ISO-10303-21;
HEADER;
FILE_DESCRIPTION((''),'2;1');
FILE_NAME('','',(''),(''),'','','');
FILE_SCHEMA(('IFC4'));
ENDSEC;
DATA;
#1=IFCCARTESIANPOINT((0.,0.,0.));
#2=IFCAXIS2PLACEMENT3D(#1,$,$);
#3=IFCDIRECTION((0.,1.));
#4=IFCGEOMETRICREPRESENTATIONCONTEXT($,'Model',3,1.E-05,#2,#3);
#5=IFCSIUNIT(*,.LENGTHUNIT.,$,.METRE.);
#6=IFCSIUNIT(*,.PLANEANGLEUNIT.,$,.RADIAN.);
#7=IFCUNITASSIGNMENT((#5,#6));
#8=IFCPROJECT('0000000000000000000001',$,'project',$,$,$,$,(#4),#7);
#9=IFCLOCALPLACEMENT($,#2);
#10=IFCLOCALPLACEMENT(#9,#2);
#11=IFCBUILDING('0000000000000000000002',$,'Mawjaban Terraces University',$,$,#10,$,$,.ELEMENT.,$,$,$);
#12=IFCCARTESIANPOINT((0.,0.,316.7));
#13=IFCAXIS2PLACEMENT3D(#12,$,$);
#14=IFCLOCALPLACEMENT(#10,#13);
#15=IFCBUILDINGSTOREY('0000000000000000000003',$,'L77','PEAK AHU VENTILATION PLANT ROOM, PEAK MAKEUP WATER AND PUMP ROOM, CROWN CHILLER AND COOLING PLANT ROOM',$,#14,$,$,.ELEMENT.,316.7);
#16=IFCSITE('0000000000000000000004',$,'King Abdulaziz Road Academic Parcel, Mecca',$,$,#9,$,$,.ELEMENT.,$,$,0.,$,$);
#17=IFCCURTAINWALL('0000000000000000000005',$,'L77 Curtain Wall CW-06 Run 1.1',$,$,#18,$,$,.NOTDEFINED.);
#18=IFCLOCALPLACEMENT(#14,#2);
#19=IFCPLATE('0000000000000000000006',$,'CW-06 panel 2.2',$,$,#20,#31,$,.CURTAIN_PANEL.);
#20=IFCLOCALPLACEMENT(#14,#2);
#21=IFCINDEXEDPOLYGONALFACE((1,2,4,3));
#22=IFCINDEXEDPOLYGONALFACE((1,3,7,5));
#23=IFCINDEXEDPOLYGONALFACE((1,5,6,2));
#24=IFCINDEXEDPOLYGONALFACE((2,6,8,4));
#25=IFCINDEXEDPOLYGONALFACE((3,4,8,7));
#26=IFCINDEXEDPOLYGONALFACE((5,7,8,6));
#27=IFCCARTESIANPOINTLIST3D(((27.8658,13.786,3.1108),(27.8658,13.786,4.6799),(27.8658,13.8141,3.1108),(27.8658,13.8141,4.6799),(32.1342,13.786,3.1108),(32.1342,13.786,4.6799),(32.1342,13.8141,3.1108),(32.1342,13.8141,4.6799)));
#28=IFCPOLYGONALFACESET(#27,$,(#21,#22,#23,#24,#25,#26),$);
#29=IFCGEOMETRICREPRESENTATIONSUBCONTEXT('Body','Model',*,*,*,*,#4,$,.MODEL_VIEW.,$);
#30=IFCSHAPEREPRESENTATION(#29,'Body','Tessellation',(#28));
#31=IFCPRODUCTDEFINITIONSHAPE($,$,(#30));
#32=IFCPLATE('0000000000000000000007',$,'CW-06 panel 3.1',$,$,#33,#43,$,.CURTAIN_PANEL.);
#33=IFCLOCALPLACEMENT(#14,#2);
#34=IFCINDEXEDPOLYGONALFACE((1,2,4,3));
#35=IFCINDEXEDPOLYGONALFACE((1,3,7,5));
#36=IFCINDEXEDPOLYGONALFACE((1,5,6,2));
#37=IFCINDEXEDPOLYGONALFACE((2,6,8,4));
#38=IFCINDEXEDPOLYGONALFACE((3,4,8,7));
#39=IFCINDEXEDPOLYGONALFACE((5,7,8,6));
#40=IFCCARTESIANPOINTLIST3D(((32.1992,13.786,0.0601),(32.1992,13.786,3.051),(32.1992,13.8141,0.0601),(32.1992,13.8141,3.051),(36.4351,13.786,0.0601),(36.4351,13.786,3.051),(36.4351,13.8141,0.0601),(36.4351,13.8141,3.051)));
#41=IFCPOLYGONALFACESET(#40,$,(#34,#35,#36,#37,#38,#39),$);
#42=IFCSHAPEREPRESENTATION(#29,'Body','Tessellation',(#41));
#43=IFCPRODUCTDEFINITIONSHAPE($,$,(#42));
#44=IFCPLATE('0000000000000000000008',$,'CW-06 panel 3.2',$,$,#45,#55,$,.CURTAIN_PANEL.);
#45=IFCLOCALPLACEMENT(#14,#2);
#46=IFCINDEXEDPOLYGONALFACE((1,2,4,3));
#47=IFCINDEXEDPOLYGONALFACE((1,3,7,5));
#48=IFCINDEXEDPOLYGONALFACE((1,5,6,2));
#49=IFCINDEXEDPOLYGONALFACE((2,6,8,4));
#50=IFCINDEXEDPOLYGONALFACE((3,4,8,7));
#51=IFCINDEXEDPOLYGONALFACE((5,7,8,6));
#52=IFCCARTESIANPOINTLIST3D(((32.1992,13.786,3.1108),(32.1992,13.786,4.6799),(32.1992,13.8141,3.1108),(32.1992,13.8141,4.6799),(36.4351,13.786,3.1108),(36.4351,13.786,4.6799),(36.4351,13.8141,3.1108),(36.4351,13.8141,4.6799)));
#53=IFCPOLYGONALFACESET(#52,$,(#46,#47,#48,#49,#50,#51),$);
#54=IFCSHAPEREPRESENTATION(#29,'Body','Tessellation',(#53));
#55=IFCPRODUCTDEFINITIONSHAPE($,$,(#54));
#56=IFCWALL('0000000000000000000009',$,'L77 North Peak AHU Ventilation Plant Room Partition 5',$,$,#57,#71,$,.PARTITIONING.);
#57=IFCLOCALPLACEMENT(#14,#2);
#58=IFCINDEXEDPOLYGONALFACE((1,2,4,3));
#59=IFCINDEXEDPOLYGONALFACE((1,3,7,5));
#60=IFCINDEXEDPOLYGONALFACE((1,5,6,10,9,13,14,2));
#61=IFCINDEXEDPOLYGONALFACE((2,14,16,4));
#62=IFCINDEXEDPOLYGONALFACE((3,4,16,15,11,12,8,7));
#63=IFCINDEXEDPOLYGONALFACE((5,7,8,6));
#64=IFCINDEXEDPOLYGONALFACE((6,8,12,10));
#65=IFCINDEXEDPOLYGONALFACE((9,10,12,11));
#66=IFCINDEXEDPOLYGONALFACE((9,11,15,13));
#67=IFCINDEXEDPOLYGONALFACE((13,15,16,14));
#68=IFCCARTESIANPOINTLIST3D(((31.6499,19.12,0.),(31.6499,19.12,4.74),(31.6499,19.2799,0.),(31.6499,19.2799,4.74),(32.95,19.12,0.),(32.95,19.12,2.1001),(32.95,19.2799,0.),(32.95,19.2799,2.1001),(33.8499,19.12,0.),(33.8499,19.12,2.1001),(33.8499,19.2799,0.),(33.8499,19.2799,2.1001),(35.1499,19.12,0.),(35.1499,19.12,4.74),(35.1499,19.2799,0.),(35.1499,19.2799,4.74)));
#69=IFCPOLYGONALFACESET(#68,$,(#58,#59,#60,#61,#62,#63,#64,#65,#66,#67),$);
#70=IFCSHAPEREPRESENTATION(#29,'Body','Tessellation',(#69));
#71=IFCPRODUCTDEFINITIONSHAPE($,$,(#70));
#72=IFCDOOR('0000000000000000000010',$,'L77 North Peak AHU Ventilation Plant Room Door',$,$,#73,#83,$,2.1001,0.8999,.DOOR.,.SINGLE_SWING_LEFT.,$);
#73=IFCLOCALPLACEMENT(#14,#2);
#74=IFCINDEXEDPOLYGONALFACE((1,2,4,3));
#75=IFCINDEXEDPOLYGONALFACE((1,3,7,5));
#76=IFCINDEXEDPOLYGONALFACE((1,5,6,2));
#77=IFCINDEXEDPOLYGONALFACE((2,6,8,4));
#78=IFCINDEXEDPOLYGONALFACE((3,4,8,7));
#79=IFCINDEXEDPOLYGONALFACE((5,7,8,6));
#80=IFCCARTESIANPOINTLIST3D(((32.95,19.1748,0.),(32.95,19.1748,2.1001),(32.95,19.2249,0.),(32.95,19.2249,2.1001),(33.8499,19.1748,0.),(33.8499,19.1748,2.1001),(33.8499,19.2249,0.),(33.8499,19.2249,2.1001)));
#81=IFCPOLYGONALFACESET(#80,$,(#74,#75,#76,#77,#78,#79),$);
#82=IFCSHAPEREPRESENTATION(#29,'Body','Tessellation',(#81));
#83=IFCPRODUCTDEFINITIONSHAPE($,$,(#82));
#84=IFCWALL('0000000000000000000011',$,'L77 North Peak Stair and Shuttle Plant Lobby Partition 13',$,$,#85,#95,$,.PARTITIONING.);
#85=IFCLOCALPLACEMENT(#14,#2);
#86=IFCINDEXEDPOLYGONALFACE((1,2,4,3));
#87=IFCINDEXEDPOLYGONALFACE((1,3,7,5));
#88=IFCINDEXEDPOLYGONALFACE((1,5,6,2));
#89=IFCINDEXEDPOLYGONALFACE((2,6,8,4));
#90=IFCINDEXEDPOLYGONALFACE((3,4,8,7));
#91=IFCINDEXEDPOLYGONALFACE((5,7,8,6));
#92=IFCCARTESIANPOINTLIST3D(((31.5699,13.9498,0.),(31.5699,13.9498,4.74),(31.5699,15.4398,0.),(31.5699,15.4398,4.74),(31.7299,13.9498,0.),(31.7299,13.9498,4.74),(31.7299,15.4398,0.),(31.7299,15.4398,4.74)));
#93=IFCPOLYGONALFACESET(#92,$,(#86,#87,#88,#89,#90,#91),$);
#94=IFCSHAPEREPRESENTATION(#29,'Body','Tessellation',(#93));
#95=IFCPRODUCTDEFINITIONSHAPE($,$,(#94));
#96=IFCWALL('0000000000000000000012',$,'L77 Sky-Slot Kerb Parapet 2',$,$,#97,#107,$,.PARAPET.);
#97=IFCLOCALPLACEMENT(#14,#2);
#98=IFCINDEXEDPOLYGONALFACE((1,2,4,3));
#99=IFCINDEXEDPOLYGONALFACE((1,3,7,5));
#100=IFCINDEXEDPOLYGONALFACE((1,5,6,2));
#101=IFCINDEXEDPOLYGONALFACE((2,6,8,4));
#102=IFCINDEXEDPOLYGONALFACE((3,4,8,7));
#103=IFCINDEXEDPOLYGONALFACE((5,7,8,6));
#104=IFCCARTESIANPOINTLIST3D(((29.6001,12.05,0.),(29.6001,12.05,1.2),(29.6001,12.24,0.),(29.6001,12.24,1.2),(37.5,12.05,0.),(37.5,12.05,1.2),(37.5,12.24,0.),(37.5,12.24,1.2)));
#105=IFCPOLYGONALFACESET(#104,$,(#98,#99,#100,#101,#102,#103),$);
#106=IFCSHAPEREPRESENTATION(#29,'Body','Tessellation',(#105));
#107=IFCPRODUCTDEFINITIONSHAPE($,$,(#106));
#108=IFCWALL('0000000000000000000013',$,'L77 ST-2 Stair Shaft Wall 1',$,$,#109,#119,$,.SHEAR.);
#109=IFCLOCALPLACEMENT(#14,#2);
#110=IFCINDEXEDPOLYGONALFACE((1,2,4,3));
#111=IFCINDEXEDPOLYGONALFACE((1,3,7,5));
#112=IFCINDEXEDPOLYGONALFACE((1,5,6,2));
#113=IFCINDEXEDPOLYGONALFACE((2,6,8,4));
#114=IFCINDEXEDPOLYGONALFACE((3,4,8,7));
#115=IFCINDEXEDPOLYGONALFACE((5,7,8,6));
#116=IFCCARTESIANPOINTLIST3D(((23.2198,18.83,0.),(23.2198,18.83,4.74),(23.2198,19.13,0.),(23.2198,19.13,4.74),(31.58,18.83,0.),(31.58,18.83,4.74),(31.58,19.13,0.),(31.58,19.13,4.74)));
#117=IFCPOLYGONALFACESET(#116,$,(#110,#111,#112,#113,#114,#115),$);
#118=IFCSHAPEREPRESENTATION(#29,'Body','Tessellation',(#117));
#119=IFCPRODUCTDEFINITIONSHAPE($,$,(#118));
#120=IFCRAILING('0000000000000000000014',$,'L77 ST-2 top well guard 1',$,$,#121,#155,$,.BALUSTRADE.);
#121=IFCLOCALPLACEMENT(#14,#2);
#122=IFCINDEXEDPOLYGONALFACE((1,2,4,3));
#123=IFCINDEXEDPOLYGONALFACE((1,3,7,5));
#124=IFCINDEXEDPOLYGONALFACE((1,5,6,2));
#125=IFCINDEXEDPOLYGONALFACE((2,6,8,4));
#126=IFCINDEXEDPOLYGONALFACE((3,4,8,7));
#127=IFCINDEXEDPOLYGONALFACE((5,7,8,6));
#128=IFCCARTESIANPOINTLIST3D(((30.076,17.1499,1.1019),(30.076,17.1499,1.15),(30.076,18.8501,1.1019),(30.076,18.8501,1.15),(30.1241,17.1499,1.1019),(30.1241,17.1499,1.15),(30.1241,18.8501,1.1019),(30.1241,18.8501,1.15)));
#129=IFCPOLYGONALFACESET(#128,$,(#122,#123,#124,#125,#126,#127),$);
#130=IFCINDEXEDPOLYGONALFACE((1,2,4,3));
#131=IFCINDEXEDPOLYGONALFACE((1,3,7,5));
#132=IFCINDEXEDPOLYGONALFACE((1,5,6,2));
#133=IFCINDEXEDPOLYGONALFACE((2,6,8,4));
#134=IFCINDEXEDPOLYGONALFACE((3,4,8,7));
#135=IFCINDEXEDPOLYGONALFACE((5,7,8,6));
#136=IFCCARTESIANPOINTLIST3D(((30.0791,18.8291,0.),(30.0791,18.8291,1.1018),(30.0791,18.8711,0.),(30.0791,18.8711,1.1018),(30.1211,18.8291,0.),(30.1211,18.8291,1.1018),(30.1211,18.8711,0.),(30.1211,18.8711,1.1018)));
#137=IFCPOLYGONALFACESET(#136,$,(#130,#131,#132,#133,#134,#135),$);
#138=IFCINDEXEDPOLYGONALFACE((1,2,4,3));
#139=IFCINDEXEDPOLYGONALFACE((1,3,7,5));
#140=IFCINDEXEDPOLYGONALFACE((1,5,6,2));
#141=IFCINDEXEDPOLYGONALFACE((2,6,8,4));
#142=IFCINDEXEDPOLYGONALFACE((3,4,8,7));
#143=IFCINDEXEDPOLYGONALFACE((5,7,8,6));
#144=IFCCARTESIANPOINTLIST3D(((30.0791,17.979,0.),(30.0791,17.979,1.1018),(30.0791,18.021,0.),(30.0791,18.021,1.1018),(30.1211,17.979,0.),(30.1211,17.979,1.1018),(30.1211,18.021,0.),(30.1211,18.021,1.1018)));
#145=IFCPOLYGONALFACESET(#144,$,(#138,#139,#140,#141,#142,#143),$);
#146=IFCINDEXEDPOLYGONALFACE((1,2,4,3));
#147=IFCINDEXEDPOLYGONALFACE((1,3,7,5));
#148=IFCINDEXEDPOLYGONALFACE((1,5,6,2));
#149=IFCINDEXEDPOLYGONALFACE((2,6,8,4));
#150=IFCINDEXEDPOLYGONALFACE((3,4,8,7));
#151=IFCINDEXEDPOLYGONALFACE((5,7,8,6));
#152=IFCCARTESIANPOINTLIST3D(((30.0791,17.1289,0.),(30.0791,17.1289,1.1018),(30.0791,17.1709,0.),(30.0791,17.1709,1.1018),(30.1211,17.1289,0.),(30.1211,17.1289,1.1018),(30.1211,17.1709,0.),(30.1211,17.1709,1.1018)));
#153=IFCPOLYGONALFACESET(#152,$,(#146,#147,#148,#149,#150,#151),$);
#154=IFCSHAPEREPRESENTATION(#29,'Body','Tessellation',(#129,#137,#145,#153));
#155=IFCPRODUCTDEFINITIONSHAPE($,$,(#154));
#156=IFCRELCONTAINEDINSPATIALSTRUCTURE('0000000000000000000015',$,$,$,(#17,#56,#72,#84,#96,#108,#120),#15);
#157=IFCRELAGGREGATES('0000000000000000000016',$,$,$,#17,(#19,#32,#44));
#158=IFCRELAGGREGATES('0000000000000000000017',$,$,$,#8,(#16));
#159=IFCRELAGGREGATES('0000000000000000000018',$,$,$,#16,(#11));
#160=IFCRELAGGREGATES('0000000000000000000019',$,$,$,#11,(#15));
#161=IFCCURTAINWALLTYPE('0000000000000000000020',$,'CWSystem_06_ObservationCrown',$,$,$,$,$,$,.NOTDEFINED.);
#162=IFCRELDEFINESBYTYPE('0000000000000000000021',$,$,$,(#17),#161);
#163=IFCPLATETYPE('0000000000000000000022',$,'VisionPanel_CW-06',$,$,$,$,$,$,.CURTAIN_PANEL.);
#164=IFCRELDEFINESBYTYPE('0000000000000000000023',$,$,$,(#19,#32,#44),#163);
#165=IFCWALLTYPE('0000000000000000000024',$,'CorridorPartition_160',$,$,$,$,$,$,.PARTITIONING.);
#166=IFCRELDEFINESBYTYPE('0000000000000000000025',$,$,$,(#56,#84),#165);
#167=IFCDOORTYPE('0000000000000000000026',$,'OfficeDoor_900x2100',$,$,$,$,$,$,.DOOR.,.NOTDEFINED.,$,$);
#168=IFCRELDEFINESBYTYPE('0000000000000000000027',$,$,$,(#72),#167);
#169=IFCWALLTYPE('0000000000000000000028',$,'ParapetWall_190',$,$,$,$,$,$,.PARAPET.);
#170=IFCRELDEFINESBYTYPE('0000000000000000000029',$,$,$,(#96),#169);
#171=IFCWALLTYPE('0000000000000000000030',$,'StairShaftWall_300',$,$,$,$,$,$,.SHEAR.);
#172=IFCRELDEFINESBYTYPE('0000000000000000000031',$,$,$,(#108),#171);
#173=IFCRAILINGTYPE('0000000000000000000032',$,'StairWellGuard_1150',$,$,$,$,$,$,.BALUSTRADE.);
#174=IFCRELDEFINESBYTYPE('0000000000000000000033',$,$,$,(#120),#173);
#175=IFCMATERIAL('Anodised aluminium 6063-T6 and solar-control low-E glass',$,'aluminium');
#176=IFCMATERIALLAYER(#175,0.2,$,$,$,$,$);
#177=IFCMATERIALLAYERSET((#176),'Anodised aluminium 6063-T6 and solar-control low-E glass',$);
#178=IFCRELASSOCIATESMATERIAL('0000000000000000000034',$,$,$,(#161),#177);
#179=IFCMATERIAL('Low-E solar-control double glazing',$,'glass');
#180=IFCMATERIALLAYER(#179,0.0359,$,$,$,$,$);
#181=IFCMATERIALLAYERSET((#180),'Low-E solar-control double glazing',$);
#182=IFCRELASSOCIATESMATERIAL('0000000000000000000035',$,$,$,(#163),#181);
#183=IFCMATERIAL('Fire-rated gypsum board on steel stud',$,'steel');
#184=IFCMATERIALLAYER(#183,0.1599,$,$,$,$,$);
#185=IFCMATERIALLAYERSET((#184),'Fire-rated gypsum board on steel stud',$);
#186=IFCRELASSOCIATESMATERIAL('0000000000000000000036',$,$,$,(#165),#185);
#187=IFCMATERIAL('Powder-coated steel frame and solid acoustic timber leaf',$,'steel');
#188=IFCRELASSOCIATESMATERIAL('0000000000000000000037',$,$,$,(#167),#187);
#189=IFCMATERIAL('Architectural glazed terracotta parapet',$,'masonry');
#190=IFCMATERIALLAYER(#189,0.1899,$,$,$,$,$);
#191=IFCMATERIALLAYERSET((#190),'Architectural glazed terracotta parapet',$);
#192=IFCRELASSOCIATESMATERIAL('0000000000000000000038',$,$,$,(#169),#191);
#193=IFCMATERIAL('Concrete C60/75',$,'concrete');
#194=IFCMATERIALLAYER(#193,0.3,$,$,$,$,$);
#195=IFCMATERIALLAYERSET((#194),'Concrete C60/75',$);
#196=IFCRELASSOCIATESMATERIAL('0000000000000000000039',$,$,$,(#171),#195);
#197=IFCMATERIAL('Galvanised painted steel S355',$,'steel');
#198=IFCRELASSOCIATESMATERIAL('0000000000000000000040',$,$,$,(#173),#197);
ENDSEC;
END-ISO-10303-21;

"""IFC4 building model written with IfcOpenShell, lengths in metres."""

from ifc_helpers import new_model, si_unit, direction, frame, frame_2d, origin, origin_2d, place, context, subcontext, project, spatial, rectangle, extrude, material, layer, layer_set, type_object, element, fill, aggregate, save


model = new_model("IFC4")

# Units and contexts
model_context = context("Model", 3, precision=1e-05, world=origin(), true_north=direction((0.0, 1.0)))
body_context = subcontext(model_context, "Body", "Model", "MODEL_VIEW")
ifc_project = project(units=[si_unit("LENGTHUNIT", "METRE"), si_unit("PLANEANGLEUNIT", "RADIAN")], contexts=[model_context])

# Site, building, storey
site_placement = place(None, origin())
site = spatial("IfcSite", under=ifc_project, at=site_placement, Name="King Abdulaziz Road Academic Parcel, Mecca", CompositionType="ELEMENT", RefElevation=0.0)
building_placement = place(site_placement, origin())
building = spatial("IfcBuilding", under=site, at=building_placement, Name="Mawjaban Terraces University", CompositionType="ELEMENT")
storey_placement = place(building_placement, frame((0.0, 0.0, 316.7)))
storey = spatial("IfcBuildingStorey", under=building, at=storey_placement, Name="L77", Description="PEAK AHU VENTILATION PLANT ROOM, PEAK MAKEUP WATER AND PUMP ROOM, CROWN CHILLER AND COOLING PLANT ROOM", CompositionType="ELEMENT", Elevation=316.7)

# Curtain wall
ifc_material_1 = material(Name="Anodised aluminium 6063-T6 and solar-control low-E glass", Category="aluminium")
ifc_layer_1 = layer(ifc_material_1, 0.2)
ifc_layer_set_1 = layer_set([ifc_layer_1], Name="Anodised aluminium 6063-T6 and solar-control low-E glass")
curtain_wall_type = type_object("IfcCurtainWallType", Name="CWSystem_06_ObservationCrown", PredefinedType="NOTDEFINED", material=ifc_layer_set_1)
curtain_wall_1_placement = place(storey_placement, origin())
curtain_wall_1 = element("IfcCurtainWall", 1, at=curtain_wall_1_placement, inside=storey, type_object=curtain_wall_type, Name="L77 Curtain Wall CW-06 Run 1.1", PredefinedType="NOTDEFINED")

# Plates
ifc_material_2 = material(Name="Low-E solar-control double glazing", Category="glass")
ifc_layer_2 = layer(ifc_material_2, 0.0359)
ifc_layer_set_2 = layer_set([ifc_layer_2], Name="Low-E solar-control double glazing")
plate_type = type_object("IfcPlateType", Name="VisionPanel_CW-06", PredefinedType="CURTAIN_PANEL", material=ifc_layer_set_2)
plate_1_placement = place(storey_placement, frame((30.0, 13.8, 3.1108), z_axis=(0.0, 0.0, 1.0), x_axis=(1.0, 0.0, 0.0)))
plate_1 = element("IfcPlate", 2, at=plate_1_placement, type_object=plate_type, Name="CW-06 panel 2.2", PredefinedType="CURTAIN_PANEL", context=body_context, shape_type="SweptSolid", body=[
    extrude(rectangle(XDim=4.2683, YDim=0.0281, at=origin_2d()), origin(), (0.0, 0.0, 1.0), 1.5691),
])
plate_2_placement = place(storey_placement, frame((34.3171, 13.8, 0.0601), z_axis=(0.0, 0.0, 1.0), x_axis=(1.0, 0.0, 0.0)))
plate_2 = element("IfcPlate", 3, at=plate_2_placement, type_object=plate_type, Name="CW-06 panel 3.1", PredefinedType="CURTAIN_PANEL", context=body_context, shape_type="SweptSolid", body=[
    extrude(rectangle(XDim=4.2358, YDim=0.0281, at=origin_2d()), origin(), (0.0, 0.0, 1.0), 2.991),
])
plate_3_placement = place(storey_placement, frame((34.3171, 13.8, 3.1108), z_axis=(0.0, 0.0, 1.0), x_axis=(1.0, 0.0, 0.0)))
plate_3 = element("IfcPlate", 4, at=plate_3_placement, type_object=plate_type, Name="CW-06 panel 3.2", PredefinedType="CURTAIN_PANEL", context=body_context, shape_type="SweptSolid", body=[
    extrude(rectangle(XDim=4.2358, YDim=0.0281, at=origin_2d()), origin(), (0.0, 0.0, 1.0), 1.5691),
])
aggregate(curtain_wall_1, [plate_1, plate_2, plate_3])

# Wall, opening, door
ifc_material_3 = material(Name="Fire-rated gypsum board on steel stud", Category="steel")
ifc_layer_3 = layer(ifc_material_3, 0.1599)
ifc_layer_set_3 = layer_set([ifc_layer_3], Name="Fire-rated gypsum board on steel stud")
wall_type_1 = type_object("IfcWallType", Name="CorridorPartition_160", PredefinedType="PARTITIONING", material=ifc_layer_set_3)
wall_1_placement = place(storey_placement, frame((31.6499, 19.2, 0.0), z_axis=(0.0, 0.0, 1.0), x_axis=(1.0, 0.0, 0.0)))
wall_1 = element("IfcWall", 5, at=wall_1_placement, inside=storey, type_object=wall_type_1, Name="L77 North Peak AHU Ventilation Plant Room Partition 5", PredefinedType="PARTITIONING", context=body_context, shape_type="SweptSolid", body=[
    extrude(rectangle(XDim=3.5, YDim=0.1599, at=frame_2d((1.75, 0.0))), origin(), (0.0, 0.0, 1.0), 4.74),
])
opening_1_placement = place(wall_1_placement, frame((1.3, 0.0, 0.0)))
opening_1 = element("IfcOpeningElement", 6, at=opening_1_placement, cuts=wall_1, PredefinedType="OPENING", context=body_context, shape_type="SweptSolid", body=[
    extrude(rectangle(XDim=0.8999, YDim=2.1001, at=frame_2d((0.45, 1.05))), frame((0.0, 0.0898, 0.0), z_axis=(0.0, -1.0, 0.0), x_axis=(1.0, 0.0, 0.0)), (0.0, 0.0, 1.0), 0.1799),
])
ifc_material_4 = material(Name="Powder-coated steel frame and solid acoustic timber leaf", Category="steel")
door_type_1 = type_object("IfcDoorType", Name="OfficeDoor_900x2100", OperationType="NOTDEFINED", PredefinedType="DOOR", material=ifc_material_4)
door_1_placement = place(opening_1_placement, origin())
door_1 = element("IfcDoor", 7, at=door_1_placement, inside=storey, type_object=door_type_1, Name="L77 North Peak AHU Ventilation Plant Room Door", OperationType="SINGLE_SWING_LEFT", OverallHeight=2.1001, OverallWidth=0.8999, PredefinedType="DOOR", context=body_context, shape_type="SweptSolid", body=[
    extrude(rectangle(XDim=0.8999, YDim=2.1001, at=frame_2d((0.45, 1.05))), frame((0.0, 0.0249, 0.0), z_axis=(0.0, -1.0, 0.0), x_axis=(1.0, 0.0, 0.0)), (0.0, 0.0, 1.0), 0.05),
])
fill(opening_1, door_1)

# Walls
wall_2_placement = place(storey_placement, frame((31.6499, 15.4399, 0.0), z_axis=(0.0, 0.0, 1.0), x_axis=(0.0, -1.0, 0.0)))
element("IfcWall", 8, at=wall_2_placement, inside=storey, type_object=wall_type_1, Name="L77 North Peak Stair and Shuttle Plant Lobby Partition 13", PredefinedType="PARTITIONING", context=body_context, shape_type="SweptSolid", body=[
    extrude(rectangle(XDim=1.49, YDim=0.1599, at=frame_2d((0.7451, 0.0))), origin(), (0.0, 0.0, 1.0), 4.74),
])
ifc_material_5 = material(Name="Architectural glazed terracotta parapet", Category="masonry")
ifc_layer_4 = layer(ifc_material_5, 0.1899)
ifc_layer_set_4 = layer_set([ifc_layer_4], Name="Architectural glazed terracotta parapet")
wall_type_2 = type_object("IfcWallType", Name="ParapetWall_190", PredefinedType="PARAPET", material=ifc_layer_set_4)
wall_3_placement = place(storey_placement, frame((29.6001, 12.145, 0.0), z_axis=(0.0, 0.0, 1.0), x_axis=(1.0, 0.0, 0.0)))
element("IfcWall", 9, at=wall_3_placement, inside=storey, type_object=wall_type_2, Name="L77 Sky-Slot Kerb Parapet 2", PredefinedType="PARAPET", context=body_context, shape_type="SweptSolid", body=[
    extrude(rectangle(XDim=7.8999, YDim=0.1899, at=frame_2d((3.95, 0.0))), origin(), (0.0, 0.0, 1.0), 1.2),
])
ifc_material_6 = material(Name="Concrete C60/75", Category="concrete")
ifc_layer_5 = layer(ifc_material_6, 0.3)
ifc_layer_set_5 = layer_set([ifc_layer_5], Name="Concrete C60/75")
wall_type_3 = type_object("IfcWallType", Name="StairShaftWall_300", PredefinedType="SHEAR", material=ifc_layer_set_5)
wall_4_placement = place(storey_placement, frame((31.5801, 18.98, 0.0), z_axis=(0.0, 0.0, 1.0), x_axis=(-1.0, 0.0, 0.0)))
element("IfcWall", 10, at=wall_4_placement, inside=storey, type_object=wall_type_3, Name="L77 ST-2 Stair Shaft Wall 1", PredefinedType="SHEAR", context=body_context, shape_type="SweptSolid", body=[
    extrude(rectangle(XDim=8.3601, YDim=0.3, at=frame_2d((4.1802, 0.0))), origin(), (0.0, 0.0, 1.0), 4.74),
])

# Railing
ifc_material_7 = material(Name="Galvanised painted steel S355", Category="steel")
railing_type = type_object("IfcRailingType", Name="StairWellGuard_1150", PredefinedType="BALUSTRADE", material=ifc_material_7)
railing_placement = place(storey_placement, frame((30.1001, 18.8501, 0.0)))
element("IfcRailing", 11, at=railing_placement, inside=storey, type_object=railing_type, Name="L77 ST-2 top well guard 1", PredefinedType="BALUSTRADE", context=body_context, shape_type="SweptSolid", body=[
    extrude(rectangle(XDim=0.0481, YDim=0.0481, at=origin_2d()), frame((0.0, 0.0, 1.126), z_axis=(0.0, -1.0, 0.0), x_axis=(1.0, 0.0, 0.0)), (0.0, 0.0, 1.0), 1.7002),
    extrude(rectangle(XDim=0.042, YDim=0.042, at=origin_2d()), origin(), (0.0, 0.0, 1.0), 1.1018),
    extrude(rectangle(XDim=0.042, YDim=0.042, at=origin_2d()), frame((0.0, -0.8501, 0.0)), (0.0, 0.0, 1.0), 1.1018),
    extrude(rectangle(XDim=0.042, YDim=0.042, at=origin_2d()), frame((0.0, -1.7002, 0.0)), (0.0, 0.0, 1.0), 1.1018),
])

save(model, "model.ifc")
